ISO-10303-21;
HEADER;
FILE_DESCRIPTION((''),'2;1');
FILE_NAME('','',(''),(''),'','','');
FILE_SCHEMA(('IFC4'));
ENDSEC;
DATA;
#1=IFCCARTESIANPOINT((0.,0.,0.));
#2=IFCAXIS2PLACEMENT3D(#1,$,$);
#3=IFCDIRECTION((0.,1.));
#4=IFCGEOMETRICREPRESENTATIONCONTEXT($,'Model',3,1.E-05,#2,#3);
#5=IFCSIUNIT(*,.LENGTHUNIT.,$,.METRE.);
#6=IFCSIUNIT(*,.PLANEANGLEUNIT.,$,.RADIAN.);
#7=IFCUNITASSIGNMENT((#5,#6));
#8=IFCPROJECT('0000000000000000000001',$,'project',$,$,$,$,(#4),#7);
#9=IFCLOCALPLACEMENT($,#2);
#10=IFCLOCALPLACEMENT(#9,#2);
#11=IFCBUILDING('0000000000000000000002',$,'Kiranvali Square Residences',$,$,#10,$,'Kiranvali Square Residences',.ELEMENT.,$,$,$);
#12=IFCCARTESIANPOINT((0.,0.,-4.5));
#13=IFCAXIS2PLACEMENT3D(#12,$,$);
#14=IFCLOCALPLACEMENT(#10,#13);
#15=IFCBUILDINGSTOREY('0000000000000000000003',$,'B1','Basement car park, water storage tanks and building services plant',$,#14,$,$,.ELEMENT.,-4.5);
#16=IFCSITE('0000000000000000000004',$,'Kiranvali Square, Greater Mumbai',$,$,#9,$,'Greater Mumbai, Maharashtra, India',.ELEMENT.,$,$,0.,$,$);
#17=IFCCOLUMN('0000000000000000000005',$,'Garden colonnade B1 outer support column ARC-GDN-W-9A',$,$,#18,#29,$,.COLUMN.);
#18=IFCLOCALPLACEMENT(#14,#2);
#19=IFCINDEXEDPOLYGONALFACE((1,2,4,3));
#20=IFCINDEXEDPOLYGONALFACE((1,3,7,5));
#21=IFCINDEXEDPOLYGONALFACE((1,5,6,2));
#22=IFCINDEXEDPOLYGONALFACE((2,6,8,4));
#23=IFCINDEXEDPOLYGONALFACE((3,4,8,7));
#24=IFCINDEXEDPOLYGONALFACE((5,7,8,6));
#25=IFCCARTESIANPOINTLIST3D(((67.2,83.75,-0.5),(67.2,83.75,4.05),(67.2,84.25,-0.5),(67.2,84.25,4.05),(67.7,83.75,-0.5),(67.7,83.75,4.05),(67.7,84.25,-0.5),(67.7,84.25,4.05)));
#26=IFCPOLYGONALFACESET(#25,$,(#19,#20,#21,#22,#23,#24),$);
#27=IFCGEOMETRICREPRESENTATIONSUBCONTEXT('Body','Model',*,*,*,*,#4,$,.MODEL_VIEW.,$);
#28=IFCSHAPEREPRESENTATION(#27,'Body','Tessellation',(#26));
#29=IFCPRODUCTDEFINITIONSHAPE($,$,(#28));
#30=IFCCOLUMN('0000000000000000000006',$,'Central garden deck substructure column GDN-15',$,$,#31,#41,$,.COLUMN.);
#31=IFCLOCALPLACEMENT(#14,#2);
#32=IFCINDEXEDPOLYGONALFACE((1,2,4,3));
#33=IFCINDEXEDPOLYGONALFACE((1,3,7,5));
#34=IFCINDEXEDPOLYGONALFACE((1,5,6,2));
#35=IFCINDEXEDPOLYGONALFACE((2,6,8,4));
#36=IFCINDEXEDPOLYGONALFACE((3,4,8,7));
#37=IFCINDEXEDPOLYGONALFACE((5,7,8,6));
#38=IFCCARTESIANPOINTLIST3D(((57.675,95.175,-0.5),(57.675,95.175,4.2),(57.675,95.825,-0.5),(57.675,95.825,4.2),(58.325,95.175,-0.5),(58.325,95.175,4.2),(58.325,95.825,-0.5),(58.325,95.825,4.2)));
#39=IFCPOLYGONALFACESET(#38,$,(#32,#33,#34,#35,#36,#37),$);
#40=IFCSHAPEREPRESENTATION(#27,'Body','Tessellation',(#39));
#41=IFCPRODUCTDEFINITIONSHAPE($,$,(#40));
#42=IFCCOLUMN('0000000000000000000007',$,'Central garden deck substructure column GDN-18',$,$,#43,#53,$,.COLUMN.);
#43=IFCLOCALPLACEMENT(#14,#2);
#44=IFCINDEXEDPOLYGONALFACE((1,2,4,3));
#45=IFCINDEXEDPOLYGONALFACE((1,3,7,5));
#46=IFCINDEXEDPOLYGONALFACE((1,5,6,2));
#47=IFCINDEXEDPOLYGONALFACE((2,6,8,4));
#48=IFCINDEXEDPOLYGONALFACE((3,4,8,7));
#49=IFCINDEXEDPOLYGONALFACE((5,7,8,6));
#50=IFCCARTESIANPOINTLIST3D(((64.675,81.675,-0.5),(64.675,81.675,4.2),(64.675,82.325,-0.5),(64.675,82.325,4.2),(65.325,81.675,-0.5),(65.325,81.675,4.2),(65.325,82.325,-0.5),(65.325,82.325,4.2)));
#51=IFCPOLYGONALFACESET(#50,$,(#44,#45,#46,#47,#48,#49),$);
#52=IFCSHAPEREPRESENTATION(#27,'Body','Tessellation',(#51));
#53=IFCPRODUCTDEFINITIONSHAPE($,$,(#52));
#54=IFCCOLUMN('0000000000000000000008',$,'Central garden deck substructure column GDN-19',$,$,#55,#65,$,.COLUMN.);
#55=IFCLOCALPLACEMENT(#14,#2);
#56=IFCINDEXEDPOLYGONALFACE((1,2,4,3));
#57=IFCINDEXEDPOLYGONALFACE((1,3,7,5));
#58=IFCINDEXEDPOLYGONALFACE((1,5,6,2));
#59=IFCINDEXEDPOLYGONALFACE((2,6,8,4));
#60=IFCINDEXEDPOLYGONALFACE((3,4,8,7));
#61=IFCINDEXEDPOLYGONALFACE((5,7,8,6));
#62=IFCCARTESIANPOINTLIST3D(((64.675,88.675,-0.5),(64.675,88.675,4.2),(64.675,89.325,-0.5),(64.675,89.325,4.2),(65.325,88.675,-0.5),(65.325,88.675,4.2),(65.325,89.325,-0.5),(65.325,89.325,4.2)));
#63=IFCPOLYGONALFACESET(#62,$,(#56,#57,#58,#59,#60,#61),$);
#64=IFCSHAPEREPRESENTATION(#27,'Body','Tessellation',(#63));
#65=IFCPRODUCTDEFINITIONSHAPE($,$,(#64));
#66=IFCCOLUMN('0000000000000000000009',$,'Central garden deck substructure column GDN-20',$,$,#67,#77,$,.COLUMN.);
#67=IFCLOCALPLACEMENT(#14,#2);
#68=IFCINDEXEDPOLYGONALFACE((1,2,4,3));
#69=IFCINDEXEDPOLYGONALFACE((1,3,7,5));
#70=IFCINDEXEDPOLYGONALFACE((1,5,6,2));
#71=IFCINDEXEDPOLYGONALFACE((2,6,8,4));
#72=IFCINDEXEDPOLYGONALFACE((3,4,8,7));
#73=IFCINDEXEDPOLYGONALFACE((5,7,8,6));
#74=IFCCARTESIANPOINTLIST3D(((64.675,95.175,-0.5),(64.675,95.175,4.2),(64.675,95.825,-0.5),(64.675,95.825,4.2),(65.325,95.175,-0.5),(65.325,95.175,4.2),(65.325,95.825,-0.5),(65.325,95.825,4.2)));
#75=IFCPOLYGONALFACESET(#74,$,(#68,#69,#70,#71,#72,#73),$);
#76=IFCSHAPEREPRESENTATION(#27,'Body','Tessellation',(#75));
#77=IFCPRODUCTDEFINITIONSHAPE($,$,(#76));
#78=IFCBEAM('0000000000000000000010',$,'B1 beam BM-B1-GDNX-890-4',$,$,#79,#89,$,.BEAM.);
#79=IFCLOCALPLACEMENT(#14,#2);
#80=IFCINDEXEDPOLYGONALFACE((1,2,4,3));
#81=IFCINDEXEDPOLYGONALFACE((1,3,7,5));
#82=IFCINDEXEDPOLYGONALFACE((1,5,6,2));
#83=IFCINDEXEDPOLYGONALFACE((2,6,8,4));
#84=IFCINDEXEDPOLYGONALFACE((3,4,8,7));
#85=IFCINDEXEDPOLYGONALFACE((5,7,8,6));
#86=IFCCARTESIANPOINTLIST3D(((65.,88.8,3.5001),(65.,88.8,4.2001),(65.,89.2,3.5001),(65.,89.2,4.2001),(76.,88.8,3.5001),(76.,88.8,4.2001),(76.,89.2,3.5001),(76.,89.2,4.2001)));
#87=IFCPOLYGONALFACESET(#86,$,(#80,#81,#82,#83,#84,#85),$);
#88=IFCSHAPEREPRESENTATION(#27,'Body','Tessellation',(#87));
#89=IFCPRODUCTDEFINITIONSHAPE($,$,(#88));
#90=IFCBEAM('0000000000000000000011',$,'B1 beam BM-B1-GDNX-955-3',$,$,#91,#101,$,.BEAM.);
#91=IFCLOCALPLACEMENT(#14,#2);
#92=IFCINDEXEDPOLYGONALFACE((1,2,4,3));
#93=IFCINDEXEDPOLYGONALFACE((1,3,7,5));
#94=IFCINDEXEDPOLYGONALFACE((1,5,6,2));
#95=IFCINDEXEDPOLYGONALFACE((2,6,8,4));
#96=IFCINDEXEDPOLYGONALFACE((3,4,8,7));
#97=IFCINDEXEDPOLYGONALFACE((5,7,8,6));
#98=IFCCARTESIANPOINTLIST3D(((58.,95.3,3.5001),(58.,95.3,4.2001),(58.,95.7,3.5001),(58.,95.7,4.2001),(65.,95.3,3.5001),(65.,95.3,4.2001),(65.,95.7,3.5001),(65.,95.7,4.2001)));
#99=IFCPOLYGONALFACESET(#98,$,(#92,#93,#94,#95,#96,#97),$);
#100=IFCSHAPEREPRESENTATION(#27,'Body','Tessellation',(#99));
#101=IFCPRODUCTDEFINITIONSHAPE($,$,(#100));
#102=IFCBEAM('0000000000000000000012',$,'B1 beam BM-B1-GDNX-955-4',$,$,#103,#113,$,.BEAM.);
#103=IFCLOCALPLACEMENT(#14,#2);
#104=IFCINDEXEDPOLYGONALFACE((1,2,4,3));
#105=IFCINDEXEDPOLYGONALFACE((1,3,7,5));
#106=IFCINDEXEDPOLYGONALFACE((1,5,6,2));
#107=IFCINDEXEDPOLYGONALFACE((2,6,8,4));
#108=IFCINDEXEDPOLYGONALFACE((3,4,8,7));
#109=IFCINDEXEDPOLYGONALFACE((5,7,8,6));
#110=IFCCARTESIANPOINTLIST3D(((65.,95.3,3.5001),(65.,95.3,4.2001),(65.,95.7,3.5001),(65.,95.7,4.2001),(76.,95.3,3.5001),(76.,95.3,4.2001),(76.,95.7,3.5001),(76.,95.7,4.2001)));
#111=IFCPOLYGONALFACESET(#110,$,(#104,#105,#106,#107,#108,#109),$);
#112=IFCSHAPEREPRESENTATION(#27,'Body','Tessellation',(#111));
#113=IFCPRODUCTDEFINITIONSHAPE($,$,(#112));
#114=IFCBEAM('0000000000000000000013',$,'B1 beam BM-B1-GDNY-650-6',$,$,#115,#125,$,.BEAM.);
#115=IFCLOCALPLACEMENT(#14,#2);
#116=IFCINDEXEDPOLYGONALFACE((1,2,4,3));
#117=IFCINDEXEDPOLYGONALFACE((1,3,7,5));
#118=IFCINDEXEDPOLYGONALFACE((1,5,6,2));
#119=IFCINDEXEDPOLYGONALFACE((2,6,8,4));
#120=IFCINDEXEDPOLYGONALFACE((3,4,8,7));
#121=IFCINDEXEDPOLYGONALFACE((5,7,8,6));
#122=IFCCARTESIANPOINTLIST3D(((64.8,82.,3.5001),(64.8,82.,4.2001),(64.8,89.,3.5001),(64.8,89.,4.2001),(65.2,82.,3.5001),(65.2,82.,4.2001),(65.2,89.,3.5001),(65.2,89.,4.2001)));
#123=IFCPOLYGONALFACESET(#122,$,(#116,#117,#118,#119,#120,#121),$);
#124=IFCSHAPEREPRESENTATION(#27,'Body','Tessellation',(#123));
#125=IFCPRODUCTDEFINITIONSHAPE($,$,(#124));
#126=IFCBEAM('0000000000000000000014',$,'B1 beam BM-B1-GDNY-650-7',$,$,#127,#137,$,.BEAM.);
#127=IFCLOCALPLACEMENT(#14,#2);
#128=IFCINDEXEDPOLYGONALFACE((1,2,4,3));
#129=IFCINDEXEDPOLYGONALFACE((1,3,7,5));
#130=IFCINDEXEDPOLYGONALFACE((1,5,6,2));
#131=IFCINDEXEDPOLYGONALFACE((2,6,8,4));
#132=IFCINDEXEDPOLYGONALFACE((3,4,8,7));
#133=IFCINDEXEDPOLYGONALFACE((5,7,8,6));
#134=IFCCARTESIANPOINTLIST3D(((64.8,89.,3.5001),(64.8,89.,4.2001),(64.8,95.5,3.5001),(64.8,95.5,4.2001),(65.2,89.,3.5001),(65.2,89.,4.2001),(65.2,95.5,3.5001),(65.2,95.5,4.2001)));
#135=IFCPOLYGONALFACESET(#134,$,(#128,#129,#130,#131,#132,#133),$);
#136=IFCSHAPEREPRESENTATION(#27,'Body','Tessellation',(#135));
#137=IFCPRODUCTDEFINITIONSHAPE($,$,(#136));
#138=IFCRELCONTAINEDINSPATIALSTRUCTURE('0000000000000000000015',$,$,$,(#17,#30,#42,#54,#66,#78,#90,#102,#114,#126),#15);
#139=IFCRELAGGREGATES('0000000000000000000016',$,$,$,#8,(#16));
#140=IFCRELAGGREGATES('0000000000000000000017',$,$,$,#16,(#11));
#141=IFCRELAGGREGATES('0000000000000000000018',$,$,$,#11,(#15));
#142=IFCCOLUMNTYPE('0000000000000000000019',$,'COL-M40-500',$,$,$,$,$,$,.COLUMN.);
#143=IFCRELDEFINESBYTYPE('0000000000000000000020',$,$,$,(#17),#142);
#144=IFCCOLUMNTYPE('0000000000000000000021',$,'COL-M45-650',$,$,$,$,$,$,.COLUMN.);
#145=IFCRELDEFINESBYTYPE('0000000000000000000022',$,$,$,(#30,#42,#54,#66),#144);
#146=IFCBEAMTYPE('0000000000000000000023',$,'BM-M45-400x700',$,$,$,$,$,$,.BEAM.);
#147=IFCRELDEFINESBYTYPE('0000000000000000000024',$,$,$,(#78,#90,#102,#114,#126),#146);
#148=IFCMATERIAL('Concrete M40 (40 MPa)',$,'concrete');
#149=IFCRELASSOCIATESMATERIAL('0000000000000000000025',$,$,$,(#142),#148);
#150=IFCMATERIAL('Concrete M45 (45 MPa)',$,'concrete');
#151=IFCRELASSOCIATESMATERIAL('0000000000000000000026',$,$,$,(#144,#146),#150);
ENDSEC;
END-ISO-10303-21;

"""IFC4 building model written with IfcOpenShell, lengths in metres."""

from ifc_helpers import new_model, si_unit, direction, frame, origin, origin_2d, place, context, subcontext, project, spatial, rectangle, extrude, material, material_profile, profile_set, type_object, element, save


model = new_model("IFC4")

# Units and contexts
model_context = context("Model", 3, precision=1e-05, world=origin(), true_north=direction((0.0, 1.0)))
body_context = subcontext(model_context, "Body", "Model", "MODEL_VIEW")
ifc_project = project(units=[si_unit("LENGTHUNIT", "METRE"), si_unit("PLANEANGLEUNIT", "RADIAN")], contexts=[model_context])

# Site, building, storey
site_placement = place(None, origin())
site = spatial("IfcSite", under=ifc_project, at=site_placement, Name="Kiranvali Square, Greater Mumbai", LongName="Greater Mumbai, Maharashtra, India", CompositionType="ELEMENT", RefElevation=0.0)
building_placement = place(site_placement, origin())
building = spatial("IfcBuilding", under=site, at=building_placement, Name="Kiranvali Square Residences", LongName="Kiranvali Square Residences", CompositionType="ELEMENT")
storey_placement = place(building_placement, frame((0.0, 0.0, -4.5)))
storey = spatial("IfcBuildingStorey", under=building, at=storey_placement, Name="B1", Description="Basement car park, water storage tanks and building services plant", CompositionType="ELEMENT", Elevation=-4.5)

# Shared definitions
ifc_material_1 = material(Name="Concrete M40 (40 MPa)", Category="concrete")

# Columns
ifc_material_profile_1 = material_profile(ifc_material_1, rectangle(XDim=0.5, YDim=0.5, at=origin_2d()), Name="RC 500x500")
ifc_profile_set_1 = profile_set([ifc_material_profile_1], Name="Concrete M40 (40 MPa)")
column_type_1 = type_object("IfcColumnType", Name="COL-M40-500", PredefinedType="COLUMN", material=ifc_profile_set_1)
column_placement = place(storey_placement, frame((67.45, 84.0, -0.5), z_axis=(0.0, 0.0, 1.0), x_axis=(1.0, 0.0, 0.0)))
element("IfcColumn", 1, at=column_placement, inside=storey, type_object=column_type_1, Name="Garden colonnade B1 outer support column ARC-GDN-W-9A", PredefinedType="COLUMN", context=body_context, shape_type="SweptSolid", body=[
    extrude(rectangle(XDim=0.5, YDim=0.5, at=origin_2d()), origin(), (0.0, 0.0, 1.0), 4.55),
])
ifc_material_2 = material(Name="Concrete M45 (45 MPa)", Category="concrete")
ifc_material_profile_2 = material_profile(ifc_material_2, rectangle(XDim=0.6499, YDim=0.6499, at=origin_2d()), Name="RC 650x650")
ifc_profile_set_2 = profile_set([ifc_material_profile_2], Name="Concrete M45 (45 MPa)")
column_type_2 = type_object("IfcColumnType", Name="COL-M45-650", PredefinedType="COLUMN", material=ifc_profile_set_2)
for number, where, z_axis, x_axis, name in (
    (2, (58.0, 95.5, -0.5), (0.0, 0.0, 1.0), (1.0, 0.0, 0.0), "Central garden deck substructure column GDN-15"),
    (3, (65.0, 82.0, -0.5), (0.0, 0.0, 1.0), (1.0, 0.0, 0.0), "Central garden deck substructure column GDN-18"),
    (4, (65.0, 89.0, -0.5), (0.0, 0.0, 1.0), (1.0, 0.0, 0.0), "Central garden deck substructure column GDN-19"),
    (5, (65.0, 95.5, -0.5), (0.0, 0.0, 1.0), (1.0, 0.0, 0.0), "Central garden deck substructure column GDN-20"),
):
    element("IfcColumn", number, at=place(storey_placement, frame(where, z_axis=z_axis, x_axis=x_axis)), inside=storey, type_object=column_type_2, Name=name, PredefinedType="COLUMN", context=body_context, shape_type="SweptSolid", body=[
        extrude(rectangle(XDim=0.6499, YDim=0.6499, at=origin_2d()), origin(), (0.0, 0.0, 1.0), 4.7),
    ])

# Beams
ifc_material_profile_3 = material_profile(ifc_material_2, rectangle(XDim=0.3999, YDim=0.7, at=origin_2d()), Name="RC 400x700")
ifc_profile_set_3 = profile_set([ifc_material_profile_3], Name="Concrete M45 (45 MPa)")
beam_type = type_object("IfcBeamType", Name="BM-M45-400x700", PredefinedType="BEAM", material=ifc_profile_set_3)
beam_1_placement = place(storey_placement, frame((65.0, 89.0, 3.8501), z_axis=(1.0, 0.0, 0.0), x_axis=(0.0, 1.0, 0.0)))
element("IfcBeam", 6, at=beam_1_placement, inside=storey, type_object=beam_type, Name="B1 beam BM-B1-GDNX-890-4", PredefinedType="BEAM", context=body_context, shape_type="SweptSolid", body=[
    extrude(rectangle(XDim=0.3999, YDim=0.7, at=origin_2d()), origin(), (0.0, 0.0, 1.0), 11.0),
])
beam_2_placement = place(storey_placement, frame((58.0, 95.5, 3.8501), z_axis=(1.0, 0.0, 0.0), x_axis=(0.0, 1.0, 0.0)))
element("IfcBeam", 7, at=beam_2_placement, inside=storey, type_object=beam_type, Name="B1 beam BM-B1-GDNX-955-3", PredefinedType="BEAM", context=body_context, shape_type="SweptSolid", body=[
    extrude(rectangle(XDim=0.3999, YDim=0.7, at=origin_2d()), origin(), (0.0, 0.0, 1.0), 7.0),
])
beam_3_placement = place(storey_placement, frame((65.0, 95.5, 3.8501), z_axis=(1.0, 0.0, 0.0), x_axis=(0.0, 1.0, 0.0)))
element("IfcBeam", 8, at=beam_3_placement, inside=storey, type_object=beam_type, Name="B1 beam BM-B1-GDNX-955-4", PredefinedType="BEAM", context=body_context, shape_type="SweptSolid", body=[
    extrude(rectangle(XDim=0.3999, YDim=0.7, at=origin_2d()), origin(), (0.0, 0.0, 1.0), 11.0),
])
beam_4_placement = place(storey_placement, frame((65.0, 82.0, 3.8501), z_axis=(0.0, 1.0, 0.0), x_axis=(-1.0, 0.0, 0.0)))
element("IfcBeam", 9, at=beam_4_placement, inside=storey, type_object=beam_type, Name="B1 beam BM-B1-GDNY-650-6", PredefinedType="BEAM", context=body_context, shape_type="SweptSolid", body=[
    extrude(rectangle(XDim=0.3999, YDim=0.7, at=origin_2d()), origin(), (0.0, 0.0, 1.0), 7.0),
])
beam_5_placement = place(storey_placement, frame((65.0, 89.0, 3.8501), z_axis=(0.0, 1.0, 0.0), x_axis=(-1.0, 0.0, 0.0)))
element("IfcBeam", 10, at=beam_5_placement, inside=storey, type_object=beam_type, Name="B1 beam BM-B1-GDNY-650-7", PredefinedType="BEAM", context=body_context, shape_type="SweptSolid", body=[
    extrude(rectangle(XDim=0.3999, YDim=0.7, at=origin_2d()), origin(), (0.0, 0.0, 1.0), 6.5),
])

save(model, "model.ifc")
